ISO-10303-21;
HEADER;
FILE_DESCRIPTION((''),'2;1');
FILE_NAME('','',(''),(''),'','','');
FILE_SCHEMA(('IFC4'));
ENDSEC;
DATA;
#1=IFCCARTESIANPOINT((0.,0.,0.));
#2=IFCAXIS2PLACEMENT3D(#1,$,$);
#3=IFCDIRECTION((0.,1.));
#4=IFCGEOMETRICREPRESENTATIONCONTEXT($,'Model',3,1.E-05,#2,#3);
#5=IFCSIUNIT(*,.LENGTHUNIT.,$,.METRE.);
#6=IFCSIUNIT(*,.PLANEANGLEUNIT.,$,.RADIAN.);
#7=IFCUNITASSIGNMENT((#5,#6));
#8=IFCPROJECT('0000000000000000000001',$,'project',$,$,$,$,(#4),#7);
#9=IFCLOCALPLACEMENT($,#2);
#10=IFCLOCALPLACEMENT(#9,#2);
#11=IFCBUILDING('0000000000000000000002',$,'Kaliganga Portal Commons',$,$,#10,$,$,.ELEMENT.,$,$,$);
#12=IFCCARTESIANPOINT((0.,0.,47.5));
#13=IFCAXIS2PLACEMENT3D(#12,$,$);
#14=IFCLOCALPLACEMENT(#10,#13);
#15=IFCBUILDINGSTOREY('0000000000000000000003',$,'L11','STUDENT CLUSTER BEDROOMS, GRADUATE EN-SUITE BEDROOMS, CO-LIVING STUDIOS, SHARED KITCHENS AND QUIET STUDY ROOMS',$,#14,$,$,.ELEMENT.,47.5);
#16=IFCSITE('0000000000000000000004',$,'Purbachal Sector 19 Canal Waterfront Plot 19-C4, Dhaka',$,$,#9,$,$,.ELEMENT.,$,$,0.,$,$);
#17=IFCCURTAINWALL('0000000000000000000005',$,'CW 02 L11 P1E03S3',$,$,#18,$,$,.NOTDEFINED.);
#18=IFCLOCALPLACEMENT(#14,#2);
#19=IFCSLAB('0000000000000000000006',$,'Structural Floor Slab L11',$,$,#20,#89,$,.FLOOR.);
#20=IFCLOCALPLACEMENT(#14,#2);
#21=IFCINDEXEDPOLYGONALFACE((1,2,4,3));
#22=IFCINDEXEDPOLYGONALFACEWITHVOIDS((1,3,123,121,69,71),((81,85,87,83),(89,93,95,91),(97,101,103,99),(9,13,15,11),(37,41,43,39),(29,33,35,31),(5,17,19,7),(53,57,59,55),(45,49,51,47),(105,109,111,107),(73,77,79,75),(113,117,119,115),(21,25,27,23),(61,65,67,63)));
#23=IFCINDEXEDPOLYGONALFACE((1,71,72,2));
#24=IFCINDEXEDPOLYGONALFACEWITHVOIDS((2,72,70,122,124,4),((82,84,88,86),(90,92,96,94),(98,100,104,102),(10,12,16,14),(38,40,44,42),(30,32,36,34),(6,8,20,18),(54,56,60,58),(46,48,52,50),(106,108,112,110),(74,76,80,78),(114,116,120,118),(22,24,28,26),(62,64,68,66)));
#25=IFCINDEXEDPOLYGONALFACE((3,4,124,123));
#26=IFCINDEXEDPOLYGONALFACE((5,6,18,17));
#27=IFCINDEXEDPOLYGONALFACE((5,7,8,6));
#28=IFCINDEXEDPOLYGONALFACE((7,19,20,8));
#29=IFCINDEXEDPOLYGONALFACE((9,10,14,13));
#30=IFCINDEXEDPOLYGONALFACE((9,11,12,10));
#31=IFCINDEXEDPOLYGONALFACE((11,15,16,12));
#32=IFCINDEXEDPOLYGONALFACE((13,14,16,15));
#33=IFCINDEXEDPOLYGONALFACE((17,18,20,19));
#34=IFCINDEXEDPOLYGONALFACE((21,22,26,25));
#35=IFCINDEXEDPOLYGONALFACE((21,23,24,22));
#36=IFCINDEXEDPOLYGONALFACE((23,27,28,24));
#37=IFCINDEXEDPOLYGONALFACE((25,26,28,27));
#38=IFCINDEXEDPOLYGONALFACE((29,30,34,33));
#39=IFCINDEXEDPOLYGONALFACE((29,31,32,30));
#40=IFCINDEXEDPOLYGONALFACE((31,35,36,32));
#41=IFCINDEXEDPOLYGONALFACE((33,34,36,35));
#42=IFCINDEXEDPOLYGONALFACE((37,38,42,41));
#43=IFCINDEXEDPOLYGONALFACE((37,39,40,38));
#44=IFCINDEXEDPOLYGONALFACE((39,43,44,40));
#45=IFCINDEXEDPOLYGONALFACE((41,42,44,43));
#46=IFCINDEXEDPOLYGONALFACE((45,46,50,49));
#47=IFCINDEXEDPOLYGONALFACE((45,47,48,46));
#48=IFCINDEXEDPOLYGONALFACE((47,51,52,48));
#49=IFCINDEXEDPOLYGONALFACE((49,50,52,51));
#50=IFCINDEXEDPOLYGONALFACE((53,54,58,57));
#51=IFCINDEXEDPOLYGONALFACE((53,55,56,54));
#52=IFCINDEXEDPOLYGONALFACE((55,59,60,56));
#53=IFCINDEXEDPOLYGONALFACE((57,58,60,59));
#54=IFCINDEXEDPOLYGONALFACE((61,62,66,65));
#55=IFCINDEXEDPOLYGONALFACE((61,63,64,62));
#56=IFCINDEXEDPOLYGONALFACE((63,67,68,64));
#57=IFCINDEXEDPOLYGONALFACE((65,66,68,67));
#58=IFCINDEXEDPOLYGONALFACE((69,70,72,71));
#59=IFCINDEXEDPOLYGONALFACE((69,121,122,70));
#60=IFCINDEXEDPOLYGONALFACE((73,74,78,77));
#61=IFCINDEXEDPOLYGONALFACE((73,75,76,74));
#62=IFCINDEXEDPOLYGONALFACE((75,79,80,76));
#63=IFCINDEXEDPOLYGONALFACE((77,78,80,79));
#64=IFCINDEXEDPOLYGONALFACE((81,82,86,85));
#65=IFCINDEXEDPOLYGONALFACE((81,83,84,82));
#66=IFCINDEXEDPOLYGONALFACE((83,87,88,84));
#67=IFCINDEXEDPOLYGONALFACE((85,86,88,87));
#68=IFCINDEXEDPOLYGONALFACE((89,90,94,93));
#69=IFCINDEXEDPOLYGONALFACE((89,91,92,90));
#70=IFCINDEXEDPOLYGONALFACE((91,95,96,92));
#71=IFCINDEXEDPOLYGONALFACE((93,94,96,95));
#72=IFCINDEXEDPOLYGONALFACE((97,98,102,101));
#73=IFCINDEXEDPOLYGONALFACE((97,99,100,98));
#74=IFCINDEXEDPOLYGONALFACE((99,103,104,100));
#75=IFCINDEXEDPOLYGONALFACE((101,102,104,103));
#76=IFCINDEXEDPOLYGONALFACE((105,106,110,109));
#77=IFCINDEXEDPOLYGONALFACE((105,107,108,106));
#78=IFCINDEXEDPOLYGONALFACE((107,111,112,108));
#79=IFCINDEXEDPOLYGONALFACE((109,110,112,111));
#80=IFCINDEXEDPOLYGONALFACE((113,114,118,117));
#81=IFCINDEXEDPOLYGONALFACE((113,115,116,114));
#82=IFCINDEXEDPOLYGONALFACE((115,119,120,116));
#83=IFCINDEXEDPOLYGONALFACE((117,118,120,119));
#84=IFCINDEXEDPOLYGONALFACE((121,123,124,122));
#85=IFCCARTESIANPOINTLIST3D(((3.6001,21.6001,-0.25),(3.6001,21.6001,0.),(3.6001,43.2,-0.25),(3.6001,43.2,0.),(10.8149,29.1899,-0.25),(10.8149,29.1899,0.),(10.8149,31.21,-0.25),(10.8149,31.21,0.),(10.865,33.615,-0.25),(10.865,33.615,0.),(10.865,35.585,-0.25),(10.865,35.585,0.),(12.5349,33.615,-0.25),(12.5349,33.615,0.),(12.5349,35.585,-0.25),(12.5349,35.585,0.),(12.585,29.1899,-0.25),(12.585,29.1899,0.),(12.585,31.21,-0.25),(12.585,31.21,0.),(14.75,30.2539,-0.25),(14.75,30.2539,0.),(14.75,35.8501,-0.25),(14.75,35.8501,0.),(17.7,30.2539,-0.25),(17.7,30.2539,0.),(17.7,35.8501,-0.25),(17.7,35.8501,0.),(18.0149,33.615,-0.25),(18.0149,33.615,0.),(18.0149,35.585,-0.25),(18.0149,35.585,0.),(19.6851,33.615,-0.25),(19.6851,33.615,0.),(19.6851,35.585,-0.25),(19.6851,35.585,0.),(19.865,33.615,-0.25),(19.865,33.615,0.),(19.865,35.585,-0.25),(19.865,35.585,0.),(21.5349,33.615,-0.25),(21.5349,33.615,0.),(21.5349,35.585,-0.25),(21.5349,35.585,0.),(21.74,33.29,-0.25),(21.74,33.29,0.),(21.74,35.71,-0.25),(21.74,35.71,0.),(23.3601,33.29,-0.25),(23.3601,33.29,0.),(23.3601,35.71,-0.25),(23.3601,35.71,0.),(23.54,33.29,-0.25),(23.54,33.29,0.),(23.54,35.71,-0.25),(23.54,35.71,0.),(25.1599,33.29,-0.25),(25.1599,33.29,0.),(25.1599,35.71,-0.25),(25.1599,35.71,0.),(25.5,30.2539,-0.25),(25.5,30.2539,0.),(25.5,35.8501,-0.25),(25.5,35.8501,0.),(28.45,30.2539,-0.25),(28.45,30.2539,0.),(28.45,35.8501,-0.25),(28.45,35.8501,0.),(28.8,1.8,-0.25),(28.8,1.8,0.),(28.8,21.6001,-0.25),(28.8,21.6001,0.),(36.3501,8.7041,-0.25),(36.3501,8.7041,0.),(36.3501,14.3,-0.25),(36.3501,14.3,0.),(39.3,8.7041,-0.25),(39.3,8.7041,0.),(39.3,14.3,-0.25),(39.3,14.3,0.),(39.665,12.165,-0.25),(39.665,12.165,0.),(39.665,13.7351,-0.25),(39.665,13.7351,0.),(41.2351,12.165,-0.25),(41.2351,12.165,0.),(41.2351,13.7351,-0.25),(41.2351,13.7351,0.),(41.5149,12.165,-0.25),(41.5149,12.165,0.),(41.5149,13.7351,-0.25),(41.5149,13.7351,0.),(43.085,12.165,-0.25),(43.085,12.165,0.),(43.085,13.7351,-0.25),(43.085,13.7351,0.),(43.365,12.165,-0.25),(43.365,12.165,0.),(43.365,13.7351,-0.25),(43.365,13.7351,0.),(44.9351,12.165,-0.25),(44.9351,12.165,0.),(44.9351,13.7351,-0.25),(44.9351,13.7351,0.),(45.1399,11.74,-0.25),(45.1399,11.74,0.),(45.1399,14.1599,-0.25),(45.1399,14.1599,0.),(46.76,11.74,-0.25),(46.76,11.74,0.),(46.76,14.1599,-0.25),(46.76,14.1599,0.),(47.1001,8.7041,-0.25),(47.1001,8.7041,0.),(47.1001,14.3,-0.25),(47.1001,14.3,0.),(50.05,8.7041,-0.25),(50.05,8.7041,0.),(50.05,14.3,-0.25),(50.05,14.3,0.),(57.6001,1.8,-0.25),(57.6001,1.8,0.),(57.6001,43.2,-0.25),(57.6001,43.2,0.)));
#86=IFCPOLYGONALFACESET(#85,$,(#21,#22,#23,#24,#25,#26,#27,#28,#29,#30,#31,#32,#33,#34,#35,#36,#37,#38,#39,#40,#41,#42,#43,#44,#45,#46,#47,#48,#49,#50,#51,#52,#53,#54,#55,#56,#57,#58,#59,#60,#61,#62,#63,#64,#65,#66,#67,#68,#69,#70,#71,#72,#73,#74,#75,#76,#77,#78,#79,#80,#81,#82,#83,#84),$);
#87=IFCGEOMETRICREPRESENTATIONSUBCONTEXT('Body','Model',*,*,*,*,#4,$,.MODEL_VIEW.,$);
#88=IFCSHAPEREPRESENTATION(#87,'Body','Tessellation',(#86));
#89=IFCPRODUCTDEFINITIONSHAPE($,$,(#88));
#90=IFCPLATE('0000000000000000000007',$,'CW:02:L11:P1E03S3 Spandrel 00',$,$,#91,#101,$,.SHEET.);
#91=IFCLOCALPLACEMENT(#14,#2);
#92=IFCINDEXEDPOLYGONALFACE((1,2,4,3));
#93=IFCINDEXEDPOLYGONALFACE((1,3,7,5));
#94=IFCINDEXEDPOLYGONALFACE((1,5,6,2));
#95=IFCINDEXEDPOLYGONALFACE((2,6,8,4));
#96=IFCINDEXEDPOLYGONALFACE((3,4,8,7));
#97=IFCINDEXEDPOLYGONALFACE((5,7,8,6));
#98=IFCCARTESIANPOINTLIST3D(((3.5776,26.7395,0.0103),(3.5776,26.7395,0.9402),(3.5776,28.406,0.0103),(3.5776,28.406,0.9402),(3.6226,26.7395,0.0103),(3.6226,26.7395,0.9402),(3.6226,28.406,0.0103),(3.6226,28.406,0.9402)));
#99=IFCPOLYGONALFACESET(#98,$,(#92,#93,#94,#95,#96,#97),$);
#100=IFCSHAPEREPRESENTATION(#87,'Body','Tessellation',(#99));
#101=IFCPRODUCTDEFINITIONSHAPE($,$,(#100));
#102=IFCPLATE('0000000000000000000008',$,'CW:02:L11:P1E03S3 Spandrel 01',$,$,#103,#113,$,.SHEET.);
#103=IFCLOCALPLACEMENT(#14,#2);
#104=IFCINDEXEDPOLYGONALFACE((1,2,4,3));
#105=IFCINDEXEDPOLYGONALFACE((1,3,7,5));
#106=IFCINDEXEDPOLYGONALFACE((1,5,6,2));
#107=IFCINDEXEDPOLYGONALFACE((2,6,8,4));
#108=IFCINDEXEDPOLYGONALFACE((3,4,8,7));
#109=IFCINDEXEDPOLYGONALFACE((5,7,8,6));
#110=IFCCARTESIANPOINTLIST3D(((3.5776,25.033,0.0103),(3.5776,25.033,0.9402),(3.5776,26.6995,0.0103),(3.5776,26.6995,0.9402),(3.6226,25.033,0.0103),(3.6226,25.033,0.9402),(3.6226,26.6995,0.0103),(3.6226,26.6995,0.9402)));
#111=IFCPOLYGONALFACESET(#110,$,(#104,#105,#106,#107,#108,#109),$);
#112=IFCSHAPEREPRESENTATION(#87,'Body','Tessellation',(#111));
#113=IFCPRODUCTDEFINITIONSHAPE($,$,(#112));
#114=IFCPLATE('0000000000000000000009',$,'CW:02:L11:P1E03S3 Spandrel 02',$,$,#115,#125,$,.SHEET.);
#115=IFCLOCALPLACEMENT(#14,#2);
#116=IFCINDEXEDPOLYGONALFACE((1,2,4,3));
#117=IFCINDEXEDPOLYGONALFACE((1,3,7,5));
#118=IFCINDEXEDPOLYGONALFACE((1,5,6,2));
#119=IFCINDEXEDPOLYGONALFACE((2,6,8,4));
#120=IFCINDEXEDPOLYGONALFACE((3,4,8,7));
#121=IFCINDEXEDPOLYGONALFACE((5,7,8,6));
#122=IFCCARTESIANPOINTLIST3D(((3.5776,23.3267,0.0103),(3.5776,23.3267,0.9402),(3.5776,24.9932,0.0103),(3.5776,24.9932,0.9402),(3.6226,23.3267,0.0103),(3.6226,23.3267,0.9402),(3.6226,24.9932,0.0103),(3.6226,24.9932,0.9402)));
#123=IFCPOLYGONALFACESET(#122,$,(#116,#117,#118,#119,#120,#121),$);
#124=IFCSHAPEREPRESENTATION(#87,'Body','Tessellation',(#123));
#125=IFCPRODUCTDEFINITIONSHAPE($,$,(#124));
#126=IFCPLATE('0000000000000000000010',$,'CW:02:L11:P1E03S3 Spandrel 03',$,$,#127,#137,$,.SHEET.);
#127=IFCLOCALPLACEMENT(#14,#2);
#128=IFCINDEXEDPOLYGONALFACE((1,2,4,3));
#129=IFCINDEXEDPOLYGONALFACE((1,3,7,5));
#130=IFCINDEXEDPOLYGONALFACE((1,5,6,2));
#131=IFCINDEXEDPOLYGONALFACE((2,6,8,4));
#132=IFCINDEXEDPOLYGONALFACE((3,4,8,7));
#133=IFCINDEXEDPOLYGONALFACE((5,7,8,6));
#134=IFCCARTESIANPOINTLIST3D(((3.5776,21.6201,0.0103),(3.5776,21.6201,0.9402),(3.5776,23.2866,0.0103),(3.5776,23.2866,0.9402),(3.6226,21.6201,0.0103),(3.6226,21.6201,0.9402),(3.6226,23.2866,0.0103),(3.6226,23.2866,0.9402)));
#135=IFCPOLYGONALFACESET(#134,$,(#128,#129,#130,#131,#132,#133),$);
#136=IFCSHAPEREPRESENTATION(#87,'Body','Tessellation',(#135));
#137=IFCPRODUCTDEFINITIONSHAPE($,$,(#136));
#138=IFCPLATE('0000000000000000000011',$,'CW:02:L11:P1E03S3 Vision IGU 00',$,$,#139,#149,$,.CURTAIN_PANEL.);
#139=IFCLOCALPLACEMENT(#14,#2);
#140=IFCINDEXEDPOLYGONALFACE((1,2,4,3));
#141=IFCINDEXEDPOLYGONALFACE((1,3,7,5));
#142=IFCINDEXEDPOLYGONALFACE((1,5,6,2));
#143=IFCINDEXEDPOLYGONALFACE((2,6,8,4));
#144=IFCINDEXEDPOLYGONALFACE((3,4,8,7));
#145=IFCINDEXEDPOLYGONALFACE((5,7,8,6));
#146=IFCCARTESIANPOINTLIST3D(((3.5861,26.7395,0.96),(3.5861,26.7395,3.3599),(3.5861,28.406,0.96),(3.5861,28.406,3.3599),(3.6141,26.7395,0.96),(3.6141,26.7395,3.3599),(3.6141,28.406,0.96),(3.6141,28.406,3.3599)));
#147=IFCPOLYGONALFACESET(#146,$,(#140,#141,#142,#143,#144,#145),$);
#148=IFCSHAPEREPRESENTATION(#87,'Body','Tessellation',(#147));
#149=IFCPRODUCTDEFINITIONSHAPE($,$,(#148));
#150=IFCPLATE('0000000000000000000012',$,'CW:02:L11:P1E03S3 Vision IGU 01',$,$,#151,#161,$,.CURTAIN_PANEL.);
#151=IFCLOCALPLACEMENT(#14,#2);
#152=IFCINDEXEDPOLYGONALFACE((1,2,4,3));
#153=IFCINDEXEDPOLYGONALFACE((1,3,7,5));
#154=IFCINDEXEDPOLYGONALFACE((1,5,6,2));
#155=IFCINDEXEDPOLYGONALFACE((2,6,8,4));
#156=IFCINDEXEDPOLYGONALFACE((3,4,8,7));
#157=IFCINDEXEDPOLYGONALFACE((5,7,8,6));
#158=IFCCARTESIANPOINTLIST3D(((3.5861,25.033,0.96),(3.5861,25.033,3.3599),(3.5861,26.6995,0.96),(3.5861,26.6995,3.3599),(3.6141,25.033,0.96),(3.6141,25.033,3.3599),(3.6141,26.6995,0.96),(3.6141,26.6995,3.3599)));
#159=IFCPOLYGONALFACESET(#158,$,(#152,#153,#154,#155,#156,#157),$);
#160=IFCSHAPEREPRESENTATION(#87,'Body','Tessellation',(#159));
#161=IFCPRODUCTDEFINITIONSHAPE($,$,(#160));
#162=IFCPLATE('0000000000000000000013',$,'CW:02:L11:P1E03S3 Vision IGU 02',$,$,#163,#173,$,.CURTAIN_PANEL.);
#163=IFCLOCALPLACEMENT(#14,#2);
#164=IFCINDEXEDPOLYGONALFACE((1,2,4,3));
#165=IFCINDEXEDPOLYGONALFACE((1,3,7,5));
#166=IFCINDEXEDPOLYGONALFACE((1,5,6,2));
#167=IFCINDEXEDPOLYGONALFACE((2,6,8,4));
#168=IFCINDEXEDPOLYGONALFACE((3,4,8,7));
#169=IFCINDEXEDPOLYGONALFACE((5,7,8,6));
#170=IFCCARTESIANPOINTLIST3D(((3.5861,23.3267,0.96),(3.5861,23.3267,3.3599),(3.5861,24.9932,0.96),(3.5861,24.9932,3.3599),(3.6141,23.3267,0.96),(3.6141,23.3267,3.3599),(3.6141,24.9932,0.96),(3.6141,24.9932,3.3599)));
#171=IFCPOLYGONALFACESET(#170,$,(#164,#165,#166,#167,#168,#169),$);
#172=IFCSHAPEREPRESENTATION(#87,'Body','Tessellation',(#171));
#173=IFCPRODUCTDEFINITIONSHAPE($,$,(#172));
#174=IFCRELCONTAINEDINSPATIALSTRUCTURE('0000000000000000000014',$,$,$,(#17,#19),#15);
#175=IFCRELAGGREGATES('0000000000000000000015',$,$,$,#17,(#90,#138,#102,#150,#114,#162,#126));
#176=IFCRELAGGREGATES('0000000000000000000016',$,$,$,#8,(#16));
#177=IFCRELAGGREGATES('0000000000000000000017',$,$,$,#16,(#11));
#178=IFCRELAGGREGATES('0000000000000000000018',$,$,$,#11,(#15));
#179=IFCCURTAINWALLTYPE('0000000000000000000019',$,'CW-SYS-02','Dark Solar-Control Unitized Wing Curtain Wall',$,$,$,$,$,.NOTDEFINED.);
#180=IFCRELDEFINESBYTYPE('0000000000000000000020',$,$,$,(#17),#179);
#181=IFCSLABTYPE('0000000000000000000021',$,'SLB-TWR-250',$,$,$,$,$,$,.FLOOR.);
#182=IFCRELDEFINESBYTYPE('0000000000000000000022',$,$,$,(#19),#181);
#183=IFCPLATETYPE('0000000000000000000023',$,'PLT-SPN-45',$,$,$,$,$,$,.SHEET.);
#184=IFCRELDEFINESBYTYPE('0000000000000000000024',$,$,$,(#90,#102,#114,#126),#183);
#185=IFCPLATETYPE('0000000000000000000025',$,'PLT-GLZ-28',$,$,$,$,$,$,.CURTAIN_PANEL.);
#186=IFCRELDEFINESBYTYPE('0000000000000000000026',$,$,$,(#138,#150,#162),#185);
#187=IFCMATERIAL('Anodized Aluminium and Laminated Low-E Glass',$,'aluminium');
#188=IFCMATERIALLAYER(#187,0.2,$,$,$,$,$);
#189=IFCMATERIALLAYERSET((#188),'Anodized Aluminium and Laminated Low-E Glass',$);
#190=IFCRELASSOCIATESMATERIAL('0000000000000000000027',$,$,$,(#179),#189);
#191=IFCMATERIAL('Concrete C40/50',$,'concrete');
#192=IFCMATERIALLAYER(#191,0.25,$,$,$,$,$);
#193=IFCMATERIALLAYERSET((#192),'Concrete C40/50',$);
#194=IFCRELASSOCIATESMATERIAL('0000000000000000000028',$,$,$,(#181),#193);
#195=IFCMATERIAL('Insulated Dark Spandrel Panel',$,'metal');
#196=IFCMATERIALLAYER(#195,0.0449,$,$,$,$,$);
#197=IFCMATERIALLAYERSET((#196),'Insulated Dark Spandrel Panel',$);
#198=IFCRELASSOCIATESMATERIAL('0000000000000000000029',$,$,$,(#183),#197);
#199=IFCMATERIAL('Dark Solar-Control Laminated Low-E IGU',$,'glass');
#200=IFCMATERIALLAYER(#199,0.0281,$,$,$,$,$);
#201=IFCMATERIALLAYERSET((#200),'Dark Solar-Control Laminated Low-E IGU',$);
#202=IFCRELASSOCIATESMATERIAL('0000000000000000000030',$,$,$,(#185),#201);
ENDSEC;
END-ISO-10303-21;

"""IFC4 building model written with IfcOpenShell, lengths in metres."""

from ifc_helpers import new_model, si_unit, direction, frame, origin, origin_2d, place, context, subcontext, project, spatial, polyline, rectangle, outline, extrude, source, transform, mapped, material, layer, layer_set, type_object, element, aggregate, save


model = new_model("IFC4")

# Units and contexts
model_context = context("Model", 3, precision=1e-05, world=origin(), true_north=direction((0.0, 1.0)))
body_context = subcontext(model_context, "Body", "Model", "MODEL_VIEW")
ifc_project = project(units=[si_unit("LENGTHUNIT", "METRE"), si_unit("PLANEANGLEUNIT", "RADIAN")], contexts=[model_context])

# Site, building, storey
site_placement = place(None, origin())
site = spatial("IfcSite", under=ifc_project, at=site_placement, Name="Purbachal Sector 19 Canal Waterfront Plot 19-C4, Dhaka", CompositionType="ELEMENT", RefElevation=0.0)
building_placement = place(site_placement, origin())
building = spatial("IfcBuilding", under=site, at=building_placement, Name="Kaliganga Portal Commons", CompositionType="ELEMENT")
storey_placement = place(building_placement, frame((0.0, 0.0, 47.5)))
storey = spatial("IfcBuildingStorey", under=building, at=storey_placement, Name="L11", Description="STUDENT CLUSTER BEDROOMS, GRADUATE EN-SUITE BEDROOMS, CO-LIVING STUDIOS, SHARED KITCHENS AND QUIET STUDY ROOMS", CompositionType="ELEMENT", Elevation=47.5)

# Curtain wall
ifc_material_1 = material(Name="Anodized Aluminium and Laminated Low-E Glass", Category="aluminium")
ifc_layer_1 = layer(ifc_material_1, 0.2)
ifc_layer_set_1 = layer_set([ifc_layer_1], Name="Anodized Aluminium and Laminated Low-E Glass")
curtain_wall_type = type_object("IfcCurtainWallType", Name="CW-SYS-02", Description="Dark Solar-Control Unitized Wing Curtain Wall", PredefinedType="NOTDEFINED", material=ifc_layer_set_1)
curtain_wall_placement = place(storey_placement, origin())
curtain_wall = element("IfcCurtainWall", 1, at=curtain_wall_placement, inside=storey, type_object=curtain_wall_type, Name="CW 02 L11 P1E03S3", PredefinedType="NOTDEFINED")

# Shared definitions
ifc_material_2 = material(Name="Concrete C40/50", Category="concrete")

# Slab
ifc_layer_2 = layer(ifc_material_2, 0.25)
ifc_layer_set_2 = layer_set([ifc_layer_2], Name="Concrete C40/50")
slab_type_1 = type_object("IfcSlabType", Name="SLB-TWR-250", PredefinedType="FLOOR", material=ifc_layer_set_2)
slab_1_placement = place(storey_placement, frame((0.0, 0.0, -0.25)))
element("IfcSlab", 2, at=slab_1_placement, inside=storey, type_object=slab_type_1, Name="Structural Floor Slab L11", PredefinedType="FLOOR", context=body_context, shape_type="SweptSolid", body=[
    extrude(outline(polyline([(28.8, 1.8), (57.6001, 1.8), (57.6001, 43.2), (3.6001, 43.2), (3.6001, 21.6001), (28.8, 21.6001), (28.8, 1.8)]), holes=[polyline([(14.75, 30.2539), (14.75, 35.8501), (17.7, 35.8501), (17.7, 30.2539), (14.75, 30.2539)]), polyline([(25.5, 30.2539), (25.5, 35.8501), (28.45, 35.8501), (28.45, 30.2539), (25.5, 30.2539)]), polyline([(36.3501, 8.7041), (36.3501, 14.3), (39.3, 14.3), (39.3, 8.7041), (36.3501, 8.7041)]), polyline([(47.1001, 8.7041), (47.1001, 14.3), (50.05, 14.3), (50.05, 8.7041), (47.1001, 8.7041)]), polyline([(18.0149, 33.615), (18.0149, 35.585), (19.6851, 35.585), (19.6851, 33.615), (18.0149, 33.615)]), polyline([(19.865, 33.615), (19.865, 35.585), (21.5349, 35.585), (21.5349, 33.615), (19.865, 33.615)]), polyline([(10.8149, 29.1899), (10.8149, 31.21), (12.585, 31.21), (12.585, 29.1899), (10.8149, 29.1899)]), polyline([(10.865, 33.615), (10.865, 35.585), (12.5349, 35.585), (12.5349, 33.615), (10.865, 33.615)]), polyline([(21.74, 33.29), (21.74, 35.71), (23.3601, 35.71), (23.3601, 33.29), (21.74, 33.29)]), polyline([(23.54, 33.29), (23.54, 35.71), (25.1599, 35.71), (25.1599, 33.29), (23.54, 33.29)]), polyline([(39.665, 12.165), (39.665, 13.7351), (41.2351, 13.7351), (41.2351, 12.165), (39.665, 12.165)]), polyline([(41.5149, 12.165), (41.5149, 13.7351), (43.085, 13.7351), (43.085, 12.165), (41.5149, 12.165)]), polyline([(43.365, 12.165), (43.365, 13.7351), (44.9351, 13.7351), (44.9351, 12.165), (43.365, 12.165)]), polyline([(45.1399, 11.74), (45.1399, 14.1599), (46.76, 14.1599), (46.76, 11.74), (45.1399, 11.74)])]), origin(), (0.0, 0.0, 1.0), 0.25),
])

# Plates
ifc_material_3 = material(Name="Insulated Dark Spandrel Panel", Category="metal")
ifc_layer_3 = layer(ifc_material_3, 0.0449)
ifc_layer_set_3 = layer_set([ifc_layer_3], Name="Insulated Dark Spandrel Panel")
plate_type_1 = type_object("IfcPlateType", Name="PLT-SPN-45", PredefinedType="SHEET", material=ifc_layer_set_3)
shared_shape_1 = source(origin(), body_context, "Body", "SweptSolid", [
    extrude(rectangle(XDim=1.6665, YDim=0.0449, at=origin_2d()), origin(), (0.0, 0.0, 1.0), 0.9299),
])
plate_1_placement = place(storey_placement, frame((3.6001, 27.5728, 0.0103), z_axis=(0.0, 0.0, 1.0), x_axis=(0.0, -1.0, 0.0)))
plate_1 = element("IfcPlate", 3, at=plate_1_placement, type_object=plate_type_1, Name="CW:02:L11:P1E03S3 Spandrel 00", PredefinedType="SHEET", context=body_context, shape_type="MappedRepresentation", body=[
    mapped(shared_shape_1, transform((0.0, 0.0, 0.0), x_axis=(1.0, 0.0, 0.0), y_axis=(0.0, 1.0, 0.0), z_axis=(0.0, 0.0, 1.0), scale=1.0)),
])
plate_2_placement = place(storey_placement, frame((3.6001, 25.8662, 0.0103), z_axis=(0.0, 0.0, 1.0), x_axis=(0.0, -1.0, 0.0)))
plate_2 = element("IfcPlate", 4, at=plate_2_placement, type_object=plate_type_1, Name="CW:02:L11:P1E03S3 Spandrel 01", PredefinedType="SHEET", context=body_context, shape_type="MappedRepresentation", body=[
    mapped(shared_shape_1, transform((0.0, 0.0, 0.0), x_axis=(1.0, 0.0, 0.0), y_axis=(0.0, 1.0, 0.0), z_axis=(0.0, 0.0, 1.0), scale=1.0)),
])
plate_3_placement = place(storey_placement, frame((3.6001, 24.1599, 0.0103), z_axis=(0.0, 0.0, 1.0), x_axis=(0.0, -1.0, 0.0)))
plate_3 = element("IfcPlate", 5, at=plate_3_placement, type_object=plate_type_1, Name="CW:02:L11:P1E03S3 Spandrel 02", PredefinedType="SHEET", context=body_context, shape_type="MappedRepresentation", body=[
    mapped(shared_shape_1, transform((0.0, 0.0, 0.0), x_axis=(1.0, 0.0, 0.0), y_axis=(0.0, 1.0, 0.0), z_axis=(0.0, 0.0, 1.0), scale=1.0)),
])
plate_4_placement = place(storey_placement, frame((3.6001, 22.4534, 0.0103), z_axis=(0.0, 0.0, 1.0), x_axis=(0.0, -1.0, 0.0)))
plate_4 = element("IfcPlate", 6, at=plate_4_placement, type_object=plate_type_1, Name="CW:02:L11:P1E03S3 Spandrel 03", PredefinedType="SHEET", context=body_context, shape_type="MappedRepresentation", body=[
    mapped(shared_shape_1, transform((0.0, 0.0, 0.0), x_axis=(1.0, 0.0, 0.0), y_axis=(0.0, 1.0, 0.0), z_axis=(0.0, 0.0, 1.0), scale=1.0)),
])
ifc_material_4 = material(Name="Dark Solar-Control Laminated Low-E IGU", Category="glass")
ifc_layer_4 = layer(ifc_material_4, 0.0281)
ifc_layer_set_4 = layer_set([ifc_layer_4], Name="Dark Solar-Control Laminated Low-E IGU")
plate_type_2 = type_object("IfcPlateType", Name="PLT-GLZ-28", PredefinedType="CURTAIN_PANEL", material=ifc_layer_set_4)
shared_shape_2 = source(origin(), body_context, "Body", "SweptSolid", [
    extrude(rectangle(XDim=1.6665, YDim=0.0281, at=origin_2d()), origin(), (0.0, 0.0, 1.0), 2.3999),
])
plate_5_placement = place(storey_placement, frame((3.6001, 27.5728, 0.96), z_axis=(0.0, 0.0, 1.0), x_axis=(0.0, -1.0, 0.0)))
plate_5 = element("IfcPlate", 7, at=plate_5_placement, type_object=plate_type_2, Name="CW:02:L11:P1E03S3 Vision IGU 00", PredefinedType="CURTAIN_PANEL", context=body_context, shape_type="MappedRepresentation", body=[
    mapped(shared_shape_2, transform((0.0, 0.0, 0.0), x_axis=(1.0, 0.0, 0.0), y_axis=(0.0, 1.0, 0.0), z_axis=(0.0, 0.0, 1.0), scale=1.0)),
])
plate_6_placement = place(storey_placement, frame((3.6001, 25.8662, 0.96), z_axis=(0.0, 0.0, 1.0), x_axis=(0.0, -1.0, 0.0)))
plate_6 = element("IfcPlate", 8, at=plate_6_placement, type_object=plate_type_2, Name="CW:02:L11:P1E03S3 Vision IGU 01", PredefinedType="CURTAIN_PANEL", context=body_context, shape_type="MappedRepresentation", body=[
    mapped(shared_shape_2, transform((0.0, 0.0, 0.0), x_axis=(1.0, 0.0, 0.0), y_axis=(0.0, 1.0, 0.0), z_axis=(0.0, 0.0, 1.0), scale=1.0)),
])
plate_7_placement = place(storey_placement, frame((3.6001, 24.1599, 0.96), z_axis=(0.0, 0.0, 1.0), x_axis=(0.0, -1.0, 0.0)))
plate_7 = element("IfcPlate", 9, at=plate_7_placement, type_object=plate_type_2, Name="CW:02:L11:P1E03S3 Vision IGU 02", PredefinedType="CURTAIN_PANEL", context=body_context, shape_type="MappedRepresentation", body=[
    mapped(shared_shape_2, transform((0.0, 0.0, 0.0), x_axis=(1.0, 0.0, 0.0), y_axis=(0.0, 1.0, 0.0), z_axis=(0.0, 0.0, 1.0), scale=1.0)),
])
aggregate(curtain_wall, [plate_1, plate_5, plate_2, plate_6, plate_3, plate_7, plate_4])

save(model, "model.ifc")
